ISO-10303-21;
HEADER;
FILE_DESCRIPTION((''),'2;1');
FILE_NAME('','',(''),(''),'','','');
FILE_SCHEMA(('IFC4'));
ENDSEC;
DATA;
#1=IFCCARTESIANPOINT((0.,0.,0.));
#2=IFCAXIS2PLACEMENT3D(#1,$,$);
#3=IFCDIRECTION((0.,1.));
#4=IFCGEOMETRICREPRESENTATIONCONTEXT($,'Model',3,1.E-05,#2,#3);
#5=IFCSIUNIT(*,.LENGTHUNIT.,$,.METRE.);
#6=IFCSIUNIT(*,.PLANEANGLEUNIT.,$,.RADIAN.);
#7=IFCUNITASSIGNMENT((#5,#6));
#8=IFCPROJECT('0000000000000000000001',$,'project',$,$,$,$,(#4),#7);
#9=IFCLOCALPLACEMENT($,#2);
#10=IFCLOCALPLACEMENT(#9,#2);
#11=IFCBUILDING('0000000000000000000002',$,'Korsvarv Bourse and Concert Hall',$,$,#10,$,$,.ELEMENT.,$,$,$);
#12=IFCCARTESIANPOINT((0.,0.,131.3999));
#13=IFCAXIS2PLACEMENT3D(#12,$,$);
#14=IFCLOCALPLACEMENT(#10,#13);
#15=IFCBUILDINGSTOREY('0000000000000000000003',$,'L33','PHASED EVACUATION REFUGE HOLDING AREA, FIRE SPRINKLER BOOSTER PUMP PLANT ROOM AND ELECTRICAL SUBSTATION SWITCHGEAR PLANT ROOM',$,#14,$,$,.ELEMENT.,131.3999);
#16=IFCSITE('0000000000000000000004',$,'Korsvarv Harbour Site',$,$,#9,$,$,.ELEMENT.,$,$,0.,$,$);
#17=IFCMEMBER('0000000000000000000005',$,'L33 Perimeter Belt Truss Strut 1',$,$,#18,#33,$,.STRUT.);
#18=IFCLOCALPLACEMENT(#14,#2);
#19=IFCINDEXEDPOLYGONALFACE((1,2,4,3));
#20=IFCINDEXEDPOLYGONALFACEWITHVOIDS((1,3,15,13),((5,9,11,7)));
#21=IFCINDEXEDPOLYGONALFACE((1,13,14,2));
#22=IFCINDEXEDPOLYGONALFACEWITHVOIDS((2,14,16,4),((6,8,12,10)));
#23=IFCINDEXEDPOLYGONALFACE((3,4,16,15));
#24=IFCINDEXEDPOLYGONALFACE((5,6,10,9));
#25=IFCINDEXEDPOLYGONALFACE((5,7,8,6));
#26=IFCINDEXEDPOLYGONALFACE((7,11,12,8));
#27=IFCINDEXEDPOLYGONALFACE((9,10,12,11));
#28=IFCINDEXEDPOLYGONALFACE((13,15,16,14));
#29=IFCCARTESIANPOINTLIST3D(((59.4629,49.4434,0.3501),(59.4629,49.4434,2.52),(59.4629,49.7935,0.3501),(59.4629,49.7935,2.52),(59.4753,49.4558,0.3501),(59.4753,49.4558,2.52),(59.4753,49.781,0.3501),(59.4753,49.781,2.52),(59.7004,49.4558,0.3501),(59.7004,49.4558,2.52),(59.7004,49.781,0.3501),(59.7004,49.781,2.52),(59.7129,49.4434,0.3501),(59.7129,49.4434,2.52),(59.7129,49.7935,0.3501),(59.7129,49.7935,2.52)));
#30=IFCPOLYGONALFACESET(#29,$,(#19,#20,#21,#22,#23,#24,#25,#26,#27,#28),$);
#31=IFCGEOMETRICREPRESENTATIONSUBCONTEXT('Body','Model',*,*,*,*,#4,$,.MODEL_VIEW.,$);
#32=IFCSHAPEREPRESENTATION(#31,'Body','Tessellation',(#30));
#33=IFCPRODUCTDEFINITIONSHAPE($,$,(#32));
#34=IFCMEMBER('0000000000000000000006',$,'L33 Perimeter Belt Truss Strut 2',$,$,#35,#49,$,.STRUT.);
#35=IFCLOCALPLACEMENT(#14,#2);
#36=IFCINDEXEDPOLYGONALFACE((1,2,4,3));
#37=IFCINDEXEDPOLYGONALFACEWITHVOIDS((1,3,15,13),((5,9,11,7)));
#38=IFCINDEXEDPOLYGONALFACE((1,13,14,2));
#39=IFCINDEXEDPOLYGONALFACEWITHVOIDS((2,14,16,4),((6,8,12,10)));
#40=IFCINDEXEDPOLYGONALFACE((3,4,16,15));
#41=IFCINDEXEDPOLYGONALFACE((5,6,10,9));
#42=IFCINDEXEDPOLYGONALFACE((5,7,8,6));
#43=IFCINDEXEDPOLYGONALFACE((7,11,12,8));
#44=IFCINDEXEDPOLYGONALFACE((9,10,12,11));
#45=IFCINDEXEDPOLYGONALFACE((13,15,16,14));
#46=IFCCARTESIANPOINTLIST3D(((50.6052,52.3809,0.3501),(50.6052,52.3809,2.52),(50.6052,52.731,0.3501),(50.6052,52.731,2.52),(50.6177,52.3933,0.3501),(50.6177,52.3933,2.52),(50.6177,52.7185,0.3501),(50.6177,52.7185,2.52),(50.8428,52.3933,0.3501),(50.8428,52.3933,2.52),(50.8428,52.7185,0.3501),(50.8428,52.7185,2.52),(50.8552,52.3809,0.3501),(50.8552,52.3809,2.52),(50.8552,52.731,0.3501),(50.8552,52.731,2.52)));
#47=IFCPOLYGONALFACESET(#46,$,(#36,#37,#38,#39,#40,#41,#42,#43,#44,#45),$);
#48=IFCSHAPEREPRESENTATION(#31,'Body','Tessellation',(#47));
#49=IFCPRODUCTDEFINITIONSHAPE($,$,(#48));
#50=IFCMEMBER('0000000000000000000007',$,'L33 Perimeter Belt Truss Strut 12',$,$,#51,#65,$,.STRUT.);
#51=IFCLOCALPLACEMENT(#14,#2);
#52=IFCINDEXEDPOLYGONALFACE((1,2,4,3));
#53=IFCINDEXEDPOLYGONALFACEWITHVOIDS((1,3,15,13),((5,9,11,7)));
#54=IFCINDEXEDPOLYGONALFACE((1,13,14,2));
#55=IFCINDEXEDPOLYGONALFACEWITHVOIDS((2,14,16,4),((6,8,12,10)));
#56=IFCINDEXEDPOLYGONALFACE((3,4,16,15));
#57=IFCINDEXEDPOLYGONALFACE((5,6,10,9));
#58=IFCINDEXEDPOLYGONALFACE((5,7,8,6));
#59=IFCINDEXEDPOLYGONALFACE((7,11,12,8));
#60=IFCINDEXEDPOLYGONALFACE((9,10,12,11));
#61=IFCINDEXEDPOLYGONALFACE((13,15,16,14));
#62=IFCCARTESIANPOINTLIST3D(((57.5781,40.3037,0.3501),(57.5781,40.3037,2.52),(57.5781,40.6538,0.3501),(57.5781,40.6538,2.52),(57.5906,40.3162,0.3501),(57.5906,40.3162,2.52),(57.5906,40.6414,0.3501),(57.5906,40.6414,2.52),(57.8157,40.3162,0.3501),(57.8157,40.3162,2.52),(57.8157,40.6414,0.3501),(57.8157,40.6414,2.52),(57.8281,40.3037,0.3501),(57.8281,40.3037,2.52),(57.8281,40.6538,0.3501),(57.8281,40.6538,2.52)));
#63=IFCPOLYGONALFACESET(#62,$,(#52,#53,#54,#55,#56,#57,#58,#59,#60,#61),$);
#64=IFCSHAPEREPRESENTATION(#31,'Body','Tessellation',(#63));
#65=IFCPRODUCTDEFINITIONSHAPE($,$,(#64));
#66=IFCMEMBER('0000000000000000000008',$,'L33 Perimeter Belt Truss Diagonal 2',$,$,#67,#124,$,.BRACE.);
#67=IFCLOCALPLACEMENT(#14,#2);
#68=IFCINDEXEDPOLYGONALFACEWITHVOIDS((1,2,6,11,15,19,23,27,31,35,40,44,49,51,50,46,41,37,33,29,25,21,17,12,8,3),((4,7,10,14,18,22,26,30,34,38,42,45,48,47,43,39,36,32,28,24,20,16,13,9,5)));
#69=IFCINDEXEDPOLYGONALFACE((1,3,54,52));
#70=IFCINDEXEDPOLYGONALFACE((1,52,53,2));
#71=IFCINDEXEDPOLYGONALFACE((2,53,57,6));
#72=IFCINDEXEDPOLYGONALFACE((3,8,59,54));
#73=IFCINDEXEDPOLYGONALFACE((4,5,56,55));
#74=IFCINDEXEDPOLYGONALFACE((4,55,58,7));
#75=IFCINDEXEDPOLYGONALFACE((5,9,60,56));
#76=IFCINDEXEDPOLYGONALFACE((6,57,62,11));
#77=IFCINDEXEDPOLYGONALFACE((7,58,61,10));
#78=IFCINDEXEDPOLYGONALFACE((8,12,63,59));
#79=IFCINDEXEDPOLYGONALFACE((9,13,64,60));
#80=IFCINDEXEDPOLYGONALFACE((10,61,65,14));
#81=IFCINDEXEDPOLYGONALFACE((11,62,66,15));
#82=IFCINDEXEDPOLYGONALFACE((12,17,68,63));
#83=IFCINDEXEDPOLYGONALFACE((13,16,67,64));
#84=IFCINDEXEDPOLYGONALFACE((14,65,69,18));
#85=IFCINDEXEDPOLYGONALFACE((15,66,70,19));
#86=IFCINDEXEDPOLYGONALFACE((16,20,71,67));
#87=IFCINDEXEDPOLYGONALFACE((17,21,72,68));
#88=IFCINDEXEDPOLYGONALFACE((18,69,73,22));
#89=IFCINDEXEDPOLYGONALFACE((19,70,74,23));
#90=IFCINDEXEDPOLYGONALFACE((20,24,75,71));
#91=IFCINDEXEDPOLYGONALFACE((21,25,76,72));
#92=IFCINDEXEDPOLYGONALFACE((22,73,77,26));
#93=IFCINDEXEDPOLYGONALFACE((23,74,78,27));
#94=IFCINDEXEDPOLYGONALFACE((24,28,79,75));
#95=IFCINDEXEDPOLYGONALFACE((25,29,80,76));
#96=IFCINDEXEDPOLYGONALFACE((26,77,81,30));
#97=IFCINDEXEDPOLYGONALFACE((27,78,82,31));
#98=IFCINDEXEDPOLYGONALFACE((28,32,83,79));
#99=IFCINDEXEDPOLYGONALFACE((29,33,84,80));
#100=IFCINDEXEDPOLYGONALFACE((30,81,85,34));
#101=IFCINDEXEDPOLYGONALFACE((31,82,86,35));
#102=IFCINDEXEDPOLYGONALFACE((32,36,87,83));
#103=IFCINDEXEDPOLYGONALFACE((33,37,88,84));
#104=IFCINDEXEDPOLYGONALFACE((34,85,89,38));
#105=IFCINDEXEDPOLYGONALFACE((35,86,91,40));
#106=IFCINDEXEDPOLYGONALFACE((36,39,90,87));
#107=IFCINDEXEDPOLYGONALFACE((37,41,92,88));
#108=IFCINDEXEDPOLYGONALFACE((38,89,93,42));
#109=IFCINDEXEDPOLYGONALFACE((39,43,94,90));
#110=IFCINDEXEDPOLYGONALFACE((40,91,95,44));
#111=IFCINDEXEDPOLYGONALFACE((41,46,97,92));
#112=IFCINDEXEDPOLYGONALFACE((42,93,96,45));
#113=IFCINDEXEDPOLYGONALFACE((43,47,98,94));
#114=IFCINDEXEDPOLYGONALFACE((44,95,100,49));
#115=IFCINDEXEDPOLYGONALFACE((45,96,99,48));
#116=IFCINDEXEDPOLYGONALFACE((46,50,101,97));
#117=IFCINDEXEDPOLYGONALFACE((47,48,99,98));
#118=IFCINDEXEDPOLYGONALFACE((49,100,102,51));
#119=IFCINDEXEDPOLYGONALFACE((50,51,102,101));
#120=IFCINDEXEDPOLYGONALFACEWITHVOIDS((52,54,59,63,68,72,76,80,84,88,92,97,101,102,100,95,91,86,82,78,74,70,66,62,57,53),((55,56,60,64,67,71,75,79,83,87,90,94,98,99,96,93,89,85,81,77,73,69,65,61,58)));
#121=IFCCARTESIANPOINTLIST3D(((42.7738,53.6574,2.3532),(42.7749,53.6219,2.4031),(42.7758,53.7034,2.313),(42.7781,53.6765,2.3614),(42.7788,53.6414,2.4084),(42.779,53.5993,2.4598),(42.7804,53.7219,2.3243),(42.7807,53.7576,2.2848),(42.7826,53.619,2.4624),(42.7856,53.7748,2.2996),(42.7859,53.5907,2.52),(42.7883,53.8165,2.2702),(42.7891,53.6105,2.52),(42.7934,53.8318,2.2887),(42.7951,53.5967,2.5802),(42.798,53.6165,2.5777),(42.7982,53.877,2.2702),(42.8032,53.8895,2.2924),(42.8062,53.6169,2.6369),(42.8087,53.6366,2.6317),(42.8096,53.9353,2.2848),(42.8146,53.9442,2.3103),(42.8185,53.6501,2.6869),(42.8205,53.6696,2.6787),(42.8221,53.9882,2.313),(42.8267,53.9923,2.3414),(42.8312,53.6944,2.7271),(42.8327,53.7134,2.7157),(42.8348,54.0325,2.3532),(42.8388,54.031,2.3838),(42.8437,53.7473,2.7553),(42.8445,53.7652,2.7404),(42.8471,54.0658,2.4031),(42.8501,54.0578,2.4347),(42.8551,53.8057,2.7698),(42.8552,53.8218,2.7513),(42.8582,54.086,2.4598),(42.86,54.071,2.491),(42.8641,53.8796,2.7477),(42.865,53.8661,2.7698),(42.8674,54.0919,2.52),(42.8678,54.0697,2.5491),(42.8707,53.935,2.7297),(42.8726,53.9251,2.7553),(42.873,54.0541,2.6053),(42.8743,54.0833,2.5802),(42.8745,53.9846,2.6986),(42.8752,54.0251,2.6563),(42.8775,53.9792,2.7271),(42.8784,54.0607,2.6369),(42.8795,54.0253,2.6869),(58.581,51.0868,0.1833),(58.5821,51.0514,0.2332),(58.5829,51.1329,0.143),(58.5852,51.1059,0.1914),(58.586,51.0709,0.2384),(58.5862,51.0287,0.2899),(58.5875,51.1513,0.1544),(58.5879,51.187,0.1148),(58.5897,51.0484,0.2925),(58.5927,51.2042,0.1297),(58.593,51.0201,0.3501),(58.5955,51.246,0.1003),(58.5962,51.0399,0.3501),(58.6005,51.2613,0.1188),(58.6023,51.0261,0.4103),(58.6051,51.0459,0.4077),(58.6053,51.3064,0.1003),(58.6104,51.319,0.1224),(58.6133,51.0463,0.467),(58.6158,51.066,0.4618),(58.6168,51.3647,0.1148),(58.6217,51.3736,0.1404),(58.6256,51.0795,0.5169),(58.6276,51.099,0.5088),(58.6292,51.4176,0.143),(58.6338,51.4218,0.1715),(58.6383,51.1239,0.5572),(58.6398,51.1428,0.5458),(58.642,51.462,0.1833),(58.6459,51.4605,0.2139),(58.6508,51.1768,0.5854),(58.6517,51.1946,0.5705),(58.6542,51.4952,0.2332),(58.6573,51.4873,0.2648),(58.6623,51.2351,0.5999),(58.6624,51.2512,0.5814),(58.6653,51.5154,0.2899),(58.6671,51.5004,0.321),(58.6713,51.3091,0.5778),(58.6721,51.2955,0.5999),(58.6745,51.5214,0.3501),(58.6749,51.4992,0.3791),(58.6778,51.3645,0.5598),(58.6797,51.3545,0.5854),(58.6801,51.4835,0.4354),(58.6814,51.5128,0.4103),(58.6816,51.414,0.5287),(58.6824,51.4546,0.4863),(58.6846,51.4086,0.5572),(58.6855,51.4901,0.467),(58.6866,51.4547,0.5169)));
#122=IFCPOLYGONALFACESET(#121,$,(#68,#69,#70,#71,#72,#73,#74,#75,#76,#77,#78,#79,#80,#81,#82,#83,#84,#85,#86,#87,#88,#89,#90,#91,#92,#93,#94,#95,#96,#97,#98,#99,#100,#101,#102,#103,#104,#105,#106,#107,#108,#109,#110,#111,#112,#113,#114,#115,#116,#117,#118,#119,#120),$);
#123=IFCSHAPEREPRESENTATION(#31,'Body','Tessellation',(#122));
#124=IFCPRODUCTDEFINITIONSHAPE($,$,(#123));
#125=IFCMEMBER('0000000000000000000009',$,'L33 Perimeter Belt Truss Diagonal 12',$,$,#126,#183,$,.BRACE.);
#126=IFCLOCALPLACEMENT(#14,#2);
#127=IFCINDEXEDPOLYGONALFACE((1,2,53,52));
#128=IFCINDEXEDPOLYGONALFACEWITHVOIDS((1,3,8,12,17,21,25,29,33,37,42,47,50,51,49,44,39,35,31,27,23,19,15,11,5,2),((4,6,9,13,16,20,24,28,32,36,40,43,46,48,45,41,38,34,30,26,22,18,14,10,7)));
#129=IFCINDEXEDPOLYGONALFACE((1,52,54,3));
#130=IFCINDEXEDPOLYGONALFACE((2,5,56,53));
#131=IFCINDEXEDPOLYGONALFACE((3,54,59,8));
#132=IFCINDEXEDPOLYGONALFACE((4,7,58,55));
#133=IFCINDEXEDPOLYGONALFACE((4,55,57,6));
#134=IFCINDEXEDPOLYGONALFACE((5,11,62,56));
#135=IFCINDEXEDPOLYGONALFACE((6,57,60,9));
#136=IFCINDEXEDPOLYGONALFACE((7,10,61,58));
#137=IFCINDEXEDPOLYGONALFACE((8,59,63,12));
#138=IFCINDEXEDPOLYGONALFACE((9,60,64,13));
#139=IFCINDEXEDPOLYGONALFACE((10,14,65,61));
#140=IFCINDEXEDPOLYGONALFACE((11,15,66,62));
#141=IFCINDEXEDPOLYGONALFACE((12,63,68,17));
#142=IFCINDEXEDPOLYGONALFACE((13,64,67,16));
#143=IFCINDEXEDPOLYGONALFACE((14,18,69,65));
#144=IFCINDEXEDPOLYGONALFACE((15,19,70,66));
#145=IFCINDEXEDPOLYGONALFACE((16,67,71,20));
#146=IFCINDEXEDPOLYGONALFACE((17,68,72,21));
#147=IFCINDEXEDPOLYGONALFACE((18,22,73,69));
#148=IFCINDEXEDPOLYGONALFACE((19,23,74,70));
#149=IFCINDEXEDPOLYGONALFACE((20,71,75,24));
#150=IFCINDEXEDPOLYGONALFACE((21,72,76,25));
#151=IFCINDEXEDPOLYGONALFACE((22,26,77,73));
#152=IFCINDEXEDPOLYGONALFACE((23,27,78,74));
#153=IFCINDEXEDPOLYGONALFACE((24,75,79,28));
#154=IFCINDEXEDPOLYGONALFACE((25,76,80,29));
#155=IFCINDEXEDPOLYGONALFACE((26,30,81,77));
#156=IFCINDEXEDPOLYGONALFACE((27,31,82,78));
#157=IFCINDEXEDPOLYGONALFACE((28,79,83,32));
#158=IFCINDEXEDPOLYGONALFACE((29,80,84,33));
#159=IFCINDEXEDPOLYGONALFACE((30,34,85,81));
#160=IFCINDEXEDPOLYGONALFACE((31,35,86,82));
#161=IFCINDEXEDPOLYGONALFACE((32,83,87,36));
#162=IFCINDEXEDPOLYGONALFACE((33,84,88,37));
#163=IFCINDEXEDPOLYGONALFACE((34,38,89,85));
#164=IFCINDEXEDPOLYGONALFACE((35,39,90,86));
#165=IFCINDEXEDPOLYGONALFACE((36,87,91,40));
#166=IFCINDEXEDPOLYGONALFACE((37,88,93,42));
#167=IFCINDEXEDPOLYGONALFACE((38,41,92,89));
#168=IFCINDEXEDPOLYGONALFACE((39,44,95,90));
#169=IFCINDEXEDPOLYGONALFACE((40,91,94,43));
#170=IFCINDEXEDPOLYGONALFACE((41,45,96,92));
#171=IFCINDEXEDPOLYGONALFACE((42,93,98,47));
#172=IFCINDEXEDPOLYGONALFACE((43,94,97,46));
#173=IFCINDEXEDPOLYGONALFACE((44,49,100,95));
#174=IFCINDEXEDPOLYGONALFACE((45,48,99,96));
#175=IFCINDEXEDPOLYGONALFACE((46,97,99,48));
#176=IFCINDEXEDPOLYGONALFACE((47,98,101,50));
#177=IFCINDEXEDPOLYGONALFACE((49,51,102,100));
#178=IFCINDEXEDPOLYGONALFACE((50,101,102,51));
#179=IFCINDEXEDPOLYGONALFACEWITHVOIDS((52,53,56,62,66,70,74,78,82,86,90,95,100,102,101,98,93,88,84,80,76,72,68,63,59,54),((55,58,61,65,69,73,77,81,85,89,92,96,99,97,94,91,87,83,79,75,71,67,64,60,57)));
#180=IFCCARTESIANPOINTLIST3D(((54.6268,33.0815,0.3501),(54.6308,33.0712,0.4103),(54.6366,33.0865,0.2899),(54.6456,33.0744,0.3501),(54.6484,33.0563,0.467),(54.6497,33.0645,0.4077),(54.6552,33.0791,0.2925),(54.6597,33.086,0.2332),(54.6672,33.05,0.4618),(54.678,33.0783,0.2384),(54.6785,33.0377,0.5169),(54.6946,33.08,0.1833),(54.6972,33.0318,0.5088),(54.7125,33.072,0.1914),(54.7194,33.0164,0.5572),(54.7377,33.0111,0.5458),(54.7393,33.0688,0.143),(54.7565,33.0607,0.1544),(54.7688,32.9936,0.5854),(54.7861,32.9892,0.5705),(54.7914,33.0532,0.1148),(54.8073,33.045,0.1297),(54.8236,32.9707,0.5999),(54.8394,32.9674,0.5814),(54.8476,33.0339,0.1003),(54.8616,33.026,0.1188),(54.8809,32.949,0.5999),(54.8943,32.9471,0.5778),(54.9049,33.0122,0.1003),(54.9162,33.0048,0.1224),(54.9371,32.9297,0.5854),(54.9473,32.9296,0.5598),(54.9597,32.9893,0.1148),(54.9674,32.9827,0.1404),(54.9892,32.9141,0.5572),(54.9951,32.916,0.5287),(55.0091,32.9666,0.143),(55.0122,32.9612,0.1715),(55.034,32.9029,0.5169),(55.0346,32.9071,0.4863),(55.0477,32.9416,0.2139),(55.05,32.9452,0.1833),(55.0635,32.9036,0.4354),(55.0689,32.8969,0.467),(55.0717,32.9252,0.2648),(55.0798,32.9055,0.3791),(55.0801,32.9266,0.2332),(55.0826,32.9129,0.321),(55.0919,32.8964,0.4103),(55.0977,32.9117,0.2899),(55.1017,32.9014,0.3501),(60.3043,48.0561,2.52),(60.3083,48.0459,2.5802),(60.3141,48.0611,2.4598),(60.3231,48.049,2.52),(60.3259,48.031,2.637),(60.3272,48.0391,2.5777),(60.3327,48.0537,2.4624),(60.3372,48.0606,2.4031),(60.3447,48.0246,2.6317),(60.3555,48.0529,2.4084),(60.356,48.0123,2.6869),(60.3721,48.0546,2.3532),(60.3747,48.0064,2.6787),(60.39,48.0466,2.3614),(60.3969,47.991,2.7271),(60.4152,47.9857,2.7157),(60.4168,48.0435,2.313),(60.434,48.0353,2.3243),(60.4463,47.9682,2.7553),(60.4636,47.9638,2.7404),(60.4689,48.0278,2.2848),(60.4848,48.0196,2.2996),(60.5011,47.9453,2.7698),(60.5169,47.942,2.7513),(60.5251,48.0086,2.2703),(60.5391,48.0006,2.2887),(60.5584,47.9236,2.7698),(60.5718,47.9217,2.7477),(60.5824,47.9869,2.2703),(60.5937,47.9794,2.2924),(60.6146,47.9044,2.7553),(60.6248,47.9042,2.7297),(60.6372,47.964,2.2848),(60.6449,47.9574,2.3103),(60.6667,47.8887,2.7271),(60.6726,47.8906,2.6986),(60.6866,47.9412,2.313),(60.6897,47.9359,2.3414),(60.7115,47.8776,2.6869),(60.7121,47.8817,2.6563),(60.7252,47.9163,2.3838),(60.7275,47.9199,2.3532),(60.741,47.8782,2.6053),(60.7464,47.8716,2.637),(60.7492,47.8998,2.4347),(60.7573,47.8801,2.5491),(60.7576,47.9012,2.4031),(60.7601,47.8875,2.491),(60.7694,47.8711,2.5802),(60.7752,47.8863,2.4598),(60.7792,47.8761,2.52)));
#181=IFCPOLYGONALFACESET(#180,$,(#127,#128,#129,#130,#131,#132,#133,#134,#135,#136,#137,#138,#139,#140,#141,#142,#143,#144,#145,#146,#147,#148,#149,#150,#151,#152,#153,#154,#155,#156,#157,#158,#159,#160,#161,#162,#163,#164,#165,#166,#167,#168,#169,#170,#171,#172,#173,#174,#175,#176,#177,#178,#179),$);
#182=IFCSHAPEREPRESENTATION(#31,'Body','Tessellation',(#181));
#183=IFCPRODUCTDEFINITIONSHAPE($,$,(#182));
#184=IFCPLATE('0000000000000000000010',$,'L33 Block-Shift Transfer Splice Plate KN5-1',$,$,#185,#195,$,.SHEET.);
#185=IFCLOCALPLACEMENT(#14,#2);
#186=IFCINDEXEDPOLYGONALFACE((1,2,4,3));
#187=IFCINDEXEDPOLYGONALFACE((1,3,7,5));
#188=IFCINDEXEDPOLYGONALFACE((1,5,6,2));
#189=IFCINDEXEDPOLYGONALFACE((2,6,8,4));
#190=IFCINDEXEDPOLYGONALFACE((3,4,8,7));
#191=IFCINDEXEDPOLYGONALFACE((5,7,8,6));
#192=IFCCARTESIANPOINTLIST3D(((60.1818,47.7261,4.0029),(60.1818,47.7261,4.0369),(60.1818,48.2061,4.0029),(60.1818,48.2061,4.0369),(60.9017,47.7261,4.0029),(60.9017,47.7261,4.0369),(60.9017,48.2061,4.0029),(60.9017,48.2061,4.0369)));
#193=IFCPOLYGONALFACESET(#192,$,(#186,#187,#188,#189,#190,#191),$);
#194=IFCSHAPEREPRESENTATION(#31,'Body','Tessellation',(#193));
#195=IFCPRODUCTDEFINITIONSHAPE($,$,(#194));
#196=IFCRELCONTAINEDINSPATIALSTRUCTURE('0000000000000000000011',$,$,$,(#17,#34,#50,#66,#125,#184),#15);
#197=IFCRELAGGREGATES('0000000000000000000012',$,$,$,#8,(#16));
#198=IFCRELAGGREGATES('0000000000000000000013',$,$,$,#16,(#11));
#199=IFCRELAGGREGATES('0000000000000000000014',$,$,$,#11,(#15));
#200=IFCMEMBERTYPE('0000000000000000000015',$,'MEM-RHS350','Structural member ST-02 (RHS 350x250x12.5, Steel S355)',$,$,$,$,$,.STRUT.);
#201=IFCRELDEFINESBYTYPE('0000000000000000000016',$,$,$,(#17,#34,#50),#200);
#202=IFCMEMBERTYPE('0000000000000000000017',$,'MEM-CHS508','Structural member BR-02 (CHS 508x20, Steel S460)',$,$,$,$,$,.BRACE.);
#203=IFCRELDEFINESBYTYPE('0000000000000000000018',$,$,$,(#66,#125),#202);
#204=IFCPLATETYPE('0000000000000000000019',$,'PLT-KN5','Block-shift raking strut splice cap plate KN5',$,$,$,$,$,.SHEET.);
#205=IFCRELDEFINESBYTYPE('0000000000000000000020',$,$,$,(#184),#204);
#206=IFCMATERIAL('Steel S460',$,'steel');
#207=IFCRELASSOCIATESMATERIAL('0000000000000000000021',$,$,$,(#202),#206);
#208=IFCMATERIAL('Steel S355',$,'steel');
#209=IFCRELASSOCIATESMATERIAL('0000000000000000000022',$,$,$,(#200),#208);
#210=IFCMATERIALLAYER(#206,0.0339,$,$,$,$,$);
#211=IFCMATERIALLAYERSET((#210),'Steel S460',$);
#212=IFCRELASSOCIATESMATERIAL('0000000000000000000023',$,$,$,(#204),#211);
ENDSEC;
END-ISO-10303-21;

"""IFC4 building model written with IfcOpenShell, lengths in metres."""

from ifc_helpers import new_model, si_unit, direction, frame, origin, origin_2d, place, context, subcontext, project, spatial, rectangle, hollow_rectangle, hollow_circle, extrude, source, transform, mapped, material, layer, layer_set, material_profile, profile_set, type_object, element, save


model = new_model("IFC4")

# Units and contexts
model_context = context("Model", 3, precision=1e-05, world=origin(), true_north=direction((0.0, 1.0)))
body_context = subcontext(model_context, "Body", "Model", "MODEL_VIEW")
ifc_project = project(units=[si_unit("LENGTHUNIT", "METRE"), si_unit("PLANEANGLEUNIT", "RADIAN")], contexts=[model_context])

# Site, building, storey
site_placement = place(None, origin())
site = spatial("IfcSite", under=ifc_project, at=site_placement, Name="Korsvarv Harbour Site", CompositionType="ELEMENT", RefElevation=0.0)
building_placement = place(site_placement, origin())
building = spatial("IfcBuilding", under=site, at=building_placement, Name="Korsvarv Bourse and Concert Hall", CompositionType="ELEMENT")
storey_placement = place(building_placement, frame((0.0, 0.0, 131.3999)))
storey = spatial("IfcBuildingStorey", under=building, at=storey_placement, Name="L33", Description="PHASED EVACUATION REFUGE HOLDING AREA, FIRE SPRINKLER BOOSTER PUMP PLANT ROOM AND ELECTRICAL SUBSTATION SWITCHGEAR PLANT ROOM", CompositionType="ELEMENT", Elevation=131.3999)

# Shared definitions
ifc_material_1 = material(Name="Steel S460", Category="steel")

# Members
ifc_material_profile_1 = material_profile(ifc_material_1, hollow_circle(Radius=0.2539, WallThickness=0.02, at=origin_2d()), Name="CHS 508x20")
ifc_profile_set_1 = profile_set([ifc_material_profile_1], Name="Steel S460")
member_type_1 = type_object("IfcMemberType", Name="MEM-CHS508", Description="Structural member BR-02 (CHS 508x20, Steel S460)", PredefinedType="BRACE", material=ifc_profile_set_1)
ifc_material_2 = material(Name="Steel S355", Category="steel")
ifc_material_profile_2 = material_profile(ifc_material_2, hollow_rectangle(XDim=0.25, YDim=0.3501, WallThickness=0.0125, at=origin_2d()), Name="RHS 350x250x12.5")
ifc_profile_set_2 = profile_set([ifc_material_profile_2], Name="Steel S355")
member_type_2 = type_object("IfcMemberType", Name="MEM-RHS350", Description="Structural member ST-02 (RHS 350x250x12.5, Steel S355)", PredefinedType="STRUT", material=ifc_profile_set_2)
shared_shape_1 = source(origin(), body_context, "Body", "SweptSolid", [
    extrude(hollow_rectangle(XDim=0.25, YDim=0.3501, WallThickness=0.0125, at=origin_2d()), origin(), (0.0, 0.0, 1.0), 2.1699),
])
for number, where, z_axis, x_axis, name in (
    (1, (59.5879, 49.6184, 0.3501), (0.0, 0.0, 1.0), (1.0, 0.0, 0.0), "L33 Perimeter Belt Truss Strut 1"),
    (2, (50.7302, 52.5559, 0.3501), (0.0, 0.0, 1.0), (1.0, 0.0, 0.0), "L33 Perimeter Belt Truss Strut 2"),
    (3, (57.7031, 40.4788, 0.3501), (0.0, 0.0, 1.0), (1.0, 0.0, 0.0), "L33 Perimeter Belt Truss Strut 12"),
):
    element("IfcMember", number, at=place(storey_placement, frame(where, z_axis=z_axis, x_axis=x_axis)), inside=storey, type_object=member_type_2, Name=name, PredefinedType="STRUT", context=body_context, shape_type="MappedRepresentation", body=[
        mapped(shared_shape_1, transform((0.0, 0.0, 0.0), scale=1.0)),
    ])
shared_shape_2 = source(origin(), body_context, "Body", "SweptSolid", [
    extrude(hollow_circle(Radius=0.2539, WallThickness=0.02, at=origin_2d()), origin(), (0.0, 0.0, 1.0), 16.1611),
])
for number, where, z_axis, x_axis, name in (
    (4, (58.6338, 51.2708, 0.3501), (-0.978096, 0.159058, 0.134268), (-0.160512, -0.987034, 0.0), "L33 Perimeter Belt Truss Diagonal 2"),
    (5, (54.8643, 32.9915, 0.3501), (0.351306, 0.926583, 0.134268), (-0.93505, 0.354516, 0.0), "L33 Perimeter Belt Truss Diagonal 12"),
):
    element("IfcMember", number, at=place(storey_placement, frame(where, z_axis=z_axis, x_axis=x_axis)), inside=storey, type_object=member_type_1, Name=name, PredefinedType="BRACE", context=body_context, shape_type="MappedRepresentation", body=[
        mapped(shared_shape_2, transform((0.0, 0.0, 0.0), scale=1.0)),
    ])

# Plate
ifc_layer_1 = layer(ifc_material_1, 0.0339)
ifc_layer_set_1 = layer_set([ifc_layer_1], Name="Steel S460")
plate_type_1 = type_object("IfcPlateType", Name="PLT-KN5", Description="Block-shift raking strut splice cap plate KN5", PredefinedType="SHEET", material=ifc_layer_set_1)
shared_shape_3 = source(origin(), body_context, "Body", "SweptSolid", [
    extrude(rectangle(XDim=0.72, YDim=0.48, at=origin_2d()), origin(), (0.0, 0.0, 1.0), 0.0339),
])
for number, where, z_axis, x_axis, name in (
    (6, (60.5417, 47.9661, 4.0029), (0.0, 0.0, 1.0), (1.0, 0.0, 0.0), "L33 Block-Shift Transfer Splice Plate KN5-1"),
):
    element("IfcPlate", number, at=place(storey_placement, frame(where, z_axis=z_axis, x_axis=x_axis)), inside=storey, type_object=plate_type_1, Name=name, PredefinedType="SHEET", context=body_context, shape_type="MappedRepresentation", body=[
        mapped(shared_shape_3, transform((0.0, 0.0, 0.0), scale=1.0)),
    ])

save(model, "model.ifc")
